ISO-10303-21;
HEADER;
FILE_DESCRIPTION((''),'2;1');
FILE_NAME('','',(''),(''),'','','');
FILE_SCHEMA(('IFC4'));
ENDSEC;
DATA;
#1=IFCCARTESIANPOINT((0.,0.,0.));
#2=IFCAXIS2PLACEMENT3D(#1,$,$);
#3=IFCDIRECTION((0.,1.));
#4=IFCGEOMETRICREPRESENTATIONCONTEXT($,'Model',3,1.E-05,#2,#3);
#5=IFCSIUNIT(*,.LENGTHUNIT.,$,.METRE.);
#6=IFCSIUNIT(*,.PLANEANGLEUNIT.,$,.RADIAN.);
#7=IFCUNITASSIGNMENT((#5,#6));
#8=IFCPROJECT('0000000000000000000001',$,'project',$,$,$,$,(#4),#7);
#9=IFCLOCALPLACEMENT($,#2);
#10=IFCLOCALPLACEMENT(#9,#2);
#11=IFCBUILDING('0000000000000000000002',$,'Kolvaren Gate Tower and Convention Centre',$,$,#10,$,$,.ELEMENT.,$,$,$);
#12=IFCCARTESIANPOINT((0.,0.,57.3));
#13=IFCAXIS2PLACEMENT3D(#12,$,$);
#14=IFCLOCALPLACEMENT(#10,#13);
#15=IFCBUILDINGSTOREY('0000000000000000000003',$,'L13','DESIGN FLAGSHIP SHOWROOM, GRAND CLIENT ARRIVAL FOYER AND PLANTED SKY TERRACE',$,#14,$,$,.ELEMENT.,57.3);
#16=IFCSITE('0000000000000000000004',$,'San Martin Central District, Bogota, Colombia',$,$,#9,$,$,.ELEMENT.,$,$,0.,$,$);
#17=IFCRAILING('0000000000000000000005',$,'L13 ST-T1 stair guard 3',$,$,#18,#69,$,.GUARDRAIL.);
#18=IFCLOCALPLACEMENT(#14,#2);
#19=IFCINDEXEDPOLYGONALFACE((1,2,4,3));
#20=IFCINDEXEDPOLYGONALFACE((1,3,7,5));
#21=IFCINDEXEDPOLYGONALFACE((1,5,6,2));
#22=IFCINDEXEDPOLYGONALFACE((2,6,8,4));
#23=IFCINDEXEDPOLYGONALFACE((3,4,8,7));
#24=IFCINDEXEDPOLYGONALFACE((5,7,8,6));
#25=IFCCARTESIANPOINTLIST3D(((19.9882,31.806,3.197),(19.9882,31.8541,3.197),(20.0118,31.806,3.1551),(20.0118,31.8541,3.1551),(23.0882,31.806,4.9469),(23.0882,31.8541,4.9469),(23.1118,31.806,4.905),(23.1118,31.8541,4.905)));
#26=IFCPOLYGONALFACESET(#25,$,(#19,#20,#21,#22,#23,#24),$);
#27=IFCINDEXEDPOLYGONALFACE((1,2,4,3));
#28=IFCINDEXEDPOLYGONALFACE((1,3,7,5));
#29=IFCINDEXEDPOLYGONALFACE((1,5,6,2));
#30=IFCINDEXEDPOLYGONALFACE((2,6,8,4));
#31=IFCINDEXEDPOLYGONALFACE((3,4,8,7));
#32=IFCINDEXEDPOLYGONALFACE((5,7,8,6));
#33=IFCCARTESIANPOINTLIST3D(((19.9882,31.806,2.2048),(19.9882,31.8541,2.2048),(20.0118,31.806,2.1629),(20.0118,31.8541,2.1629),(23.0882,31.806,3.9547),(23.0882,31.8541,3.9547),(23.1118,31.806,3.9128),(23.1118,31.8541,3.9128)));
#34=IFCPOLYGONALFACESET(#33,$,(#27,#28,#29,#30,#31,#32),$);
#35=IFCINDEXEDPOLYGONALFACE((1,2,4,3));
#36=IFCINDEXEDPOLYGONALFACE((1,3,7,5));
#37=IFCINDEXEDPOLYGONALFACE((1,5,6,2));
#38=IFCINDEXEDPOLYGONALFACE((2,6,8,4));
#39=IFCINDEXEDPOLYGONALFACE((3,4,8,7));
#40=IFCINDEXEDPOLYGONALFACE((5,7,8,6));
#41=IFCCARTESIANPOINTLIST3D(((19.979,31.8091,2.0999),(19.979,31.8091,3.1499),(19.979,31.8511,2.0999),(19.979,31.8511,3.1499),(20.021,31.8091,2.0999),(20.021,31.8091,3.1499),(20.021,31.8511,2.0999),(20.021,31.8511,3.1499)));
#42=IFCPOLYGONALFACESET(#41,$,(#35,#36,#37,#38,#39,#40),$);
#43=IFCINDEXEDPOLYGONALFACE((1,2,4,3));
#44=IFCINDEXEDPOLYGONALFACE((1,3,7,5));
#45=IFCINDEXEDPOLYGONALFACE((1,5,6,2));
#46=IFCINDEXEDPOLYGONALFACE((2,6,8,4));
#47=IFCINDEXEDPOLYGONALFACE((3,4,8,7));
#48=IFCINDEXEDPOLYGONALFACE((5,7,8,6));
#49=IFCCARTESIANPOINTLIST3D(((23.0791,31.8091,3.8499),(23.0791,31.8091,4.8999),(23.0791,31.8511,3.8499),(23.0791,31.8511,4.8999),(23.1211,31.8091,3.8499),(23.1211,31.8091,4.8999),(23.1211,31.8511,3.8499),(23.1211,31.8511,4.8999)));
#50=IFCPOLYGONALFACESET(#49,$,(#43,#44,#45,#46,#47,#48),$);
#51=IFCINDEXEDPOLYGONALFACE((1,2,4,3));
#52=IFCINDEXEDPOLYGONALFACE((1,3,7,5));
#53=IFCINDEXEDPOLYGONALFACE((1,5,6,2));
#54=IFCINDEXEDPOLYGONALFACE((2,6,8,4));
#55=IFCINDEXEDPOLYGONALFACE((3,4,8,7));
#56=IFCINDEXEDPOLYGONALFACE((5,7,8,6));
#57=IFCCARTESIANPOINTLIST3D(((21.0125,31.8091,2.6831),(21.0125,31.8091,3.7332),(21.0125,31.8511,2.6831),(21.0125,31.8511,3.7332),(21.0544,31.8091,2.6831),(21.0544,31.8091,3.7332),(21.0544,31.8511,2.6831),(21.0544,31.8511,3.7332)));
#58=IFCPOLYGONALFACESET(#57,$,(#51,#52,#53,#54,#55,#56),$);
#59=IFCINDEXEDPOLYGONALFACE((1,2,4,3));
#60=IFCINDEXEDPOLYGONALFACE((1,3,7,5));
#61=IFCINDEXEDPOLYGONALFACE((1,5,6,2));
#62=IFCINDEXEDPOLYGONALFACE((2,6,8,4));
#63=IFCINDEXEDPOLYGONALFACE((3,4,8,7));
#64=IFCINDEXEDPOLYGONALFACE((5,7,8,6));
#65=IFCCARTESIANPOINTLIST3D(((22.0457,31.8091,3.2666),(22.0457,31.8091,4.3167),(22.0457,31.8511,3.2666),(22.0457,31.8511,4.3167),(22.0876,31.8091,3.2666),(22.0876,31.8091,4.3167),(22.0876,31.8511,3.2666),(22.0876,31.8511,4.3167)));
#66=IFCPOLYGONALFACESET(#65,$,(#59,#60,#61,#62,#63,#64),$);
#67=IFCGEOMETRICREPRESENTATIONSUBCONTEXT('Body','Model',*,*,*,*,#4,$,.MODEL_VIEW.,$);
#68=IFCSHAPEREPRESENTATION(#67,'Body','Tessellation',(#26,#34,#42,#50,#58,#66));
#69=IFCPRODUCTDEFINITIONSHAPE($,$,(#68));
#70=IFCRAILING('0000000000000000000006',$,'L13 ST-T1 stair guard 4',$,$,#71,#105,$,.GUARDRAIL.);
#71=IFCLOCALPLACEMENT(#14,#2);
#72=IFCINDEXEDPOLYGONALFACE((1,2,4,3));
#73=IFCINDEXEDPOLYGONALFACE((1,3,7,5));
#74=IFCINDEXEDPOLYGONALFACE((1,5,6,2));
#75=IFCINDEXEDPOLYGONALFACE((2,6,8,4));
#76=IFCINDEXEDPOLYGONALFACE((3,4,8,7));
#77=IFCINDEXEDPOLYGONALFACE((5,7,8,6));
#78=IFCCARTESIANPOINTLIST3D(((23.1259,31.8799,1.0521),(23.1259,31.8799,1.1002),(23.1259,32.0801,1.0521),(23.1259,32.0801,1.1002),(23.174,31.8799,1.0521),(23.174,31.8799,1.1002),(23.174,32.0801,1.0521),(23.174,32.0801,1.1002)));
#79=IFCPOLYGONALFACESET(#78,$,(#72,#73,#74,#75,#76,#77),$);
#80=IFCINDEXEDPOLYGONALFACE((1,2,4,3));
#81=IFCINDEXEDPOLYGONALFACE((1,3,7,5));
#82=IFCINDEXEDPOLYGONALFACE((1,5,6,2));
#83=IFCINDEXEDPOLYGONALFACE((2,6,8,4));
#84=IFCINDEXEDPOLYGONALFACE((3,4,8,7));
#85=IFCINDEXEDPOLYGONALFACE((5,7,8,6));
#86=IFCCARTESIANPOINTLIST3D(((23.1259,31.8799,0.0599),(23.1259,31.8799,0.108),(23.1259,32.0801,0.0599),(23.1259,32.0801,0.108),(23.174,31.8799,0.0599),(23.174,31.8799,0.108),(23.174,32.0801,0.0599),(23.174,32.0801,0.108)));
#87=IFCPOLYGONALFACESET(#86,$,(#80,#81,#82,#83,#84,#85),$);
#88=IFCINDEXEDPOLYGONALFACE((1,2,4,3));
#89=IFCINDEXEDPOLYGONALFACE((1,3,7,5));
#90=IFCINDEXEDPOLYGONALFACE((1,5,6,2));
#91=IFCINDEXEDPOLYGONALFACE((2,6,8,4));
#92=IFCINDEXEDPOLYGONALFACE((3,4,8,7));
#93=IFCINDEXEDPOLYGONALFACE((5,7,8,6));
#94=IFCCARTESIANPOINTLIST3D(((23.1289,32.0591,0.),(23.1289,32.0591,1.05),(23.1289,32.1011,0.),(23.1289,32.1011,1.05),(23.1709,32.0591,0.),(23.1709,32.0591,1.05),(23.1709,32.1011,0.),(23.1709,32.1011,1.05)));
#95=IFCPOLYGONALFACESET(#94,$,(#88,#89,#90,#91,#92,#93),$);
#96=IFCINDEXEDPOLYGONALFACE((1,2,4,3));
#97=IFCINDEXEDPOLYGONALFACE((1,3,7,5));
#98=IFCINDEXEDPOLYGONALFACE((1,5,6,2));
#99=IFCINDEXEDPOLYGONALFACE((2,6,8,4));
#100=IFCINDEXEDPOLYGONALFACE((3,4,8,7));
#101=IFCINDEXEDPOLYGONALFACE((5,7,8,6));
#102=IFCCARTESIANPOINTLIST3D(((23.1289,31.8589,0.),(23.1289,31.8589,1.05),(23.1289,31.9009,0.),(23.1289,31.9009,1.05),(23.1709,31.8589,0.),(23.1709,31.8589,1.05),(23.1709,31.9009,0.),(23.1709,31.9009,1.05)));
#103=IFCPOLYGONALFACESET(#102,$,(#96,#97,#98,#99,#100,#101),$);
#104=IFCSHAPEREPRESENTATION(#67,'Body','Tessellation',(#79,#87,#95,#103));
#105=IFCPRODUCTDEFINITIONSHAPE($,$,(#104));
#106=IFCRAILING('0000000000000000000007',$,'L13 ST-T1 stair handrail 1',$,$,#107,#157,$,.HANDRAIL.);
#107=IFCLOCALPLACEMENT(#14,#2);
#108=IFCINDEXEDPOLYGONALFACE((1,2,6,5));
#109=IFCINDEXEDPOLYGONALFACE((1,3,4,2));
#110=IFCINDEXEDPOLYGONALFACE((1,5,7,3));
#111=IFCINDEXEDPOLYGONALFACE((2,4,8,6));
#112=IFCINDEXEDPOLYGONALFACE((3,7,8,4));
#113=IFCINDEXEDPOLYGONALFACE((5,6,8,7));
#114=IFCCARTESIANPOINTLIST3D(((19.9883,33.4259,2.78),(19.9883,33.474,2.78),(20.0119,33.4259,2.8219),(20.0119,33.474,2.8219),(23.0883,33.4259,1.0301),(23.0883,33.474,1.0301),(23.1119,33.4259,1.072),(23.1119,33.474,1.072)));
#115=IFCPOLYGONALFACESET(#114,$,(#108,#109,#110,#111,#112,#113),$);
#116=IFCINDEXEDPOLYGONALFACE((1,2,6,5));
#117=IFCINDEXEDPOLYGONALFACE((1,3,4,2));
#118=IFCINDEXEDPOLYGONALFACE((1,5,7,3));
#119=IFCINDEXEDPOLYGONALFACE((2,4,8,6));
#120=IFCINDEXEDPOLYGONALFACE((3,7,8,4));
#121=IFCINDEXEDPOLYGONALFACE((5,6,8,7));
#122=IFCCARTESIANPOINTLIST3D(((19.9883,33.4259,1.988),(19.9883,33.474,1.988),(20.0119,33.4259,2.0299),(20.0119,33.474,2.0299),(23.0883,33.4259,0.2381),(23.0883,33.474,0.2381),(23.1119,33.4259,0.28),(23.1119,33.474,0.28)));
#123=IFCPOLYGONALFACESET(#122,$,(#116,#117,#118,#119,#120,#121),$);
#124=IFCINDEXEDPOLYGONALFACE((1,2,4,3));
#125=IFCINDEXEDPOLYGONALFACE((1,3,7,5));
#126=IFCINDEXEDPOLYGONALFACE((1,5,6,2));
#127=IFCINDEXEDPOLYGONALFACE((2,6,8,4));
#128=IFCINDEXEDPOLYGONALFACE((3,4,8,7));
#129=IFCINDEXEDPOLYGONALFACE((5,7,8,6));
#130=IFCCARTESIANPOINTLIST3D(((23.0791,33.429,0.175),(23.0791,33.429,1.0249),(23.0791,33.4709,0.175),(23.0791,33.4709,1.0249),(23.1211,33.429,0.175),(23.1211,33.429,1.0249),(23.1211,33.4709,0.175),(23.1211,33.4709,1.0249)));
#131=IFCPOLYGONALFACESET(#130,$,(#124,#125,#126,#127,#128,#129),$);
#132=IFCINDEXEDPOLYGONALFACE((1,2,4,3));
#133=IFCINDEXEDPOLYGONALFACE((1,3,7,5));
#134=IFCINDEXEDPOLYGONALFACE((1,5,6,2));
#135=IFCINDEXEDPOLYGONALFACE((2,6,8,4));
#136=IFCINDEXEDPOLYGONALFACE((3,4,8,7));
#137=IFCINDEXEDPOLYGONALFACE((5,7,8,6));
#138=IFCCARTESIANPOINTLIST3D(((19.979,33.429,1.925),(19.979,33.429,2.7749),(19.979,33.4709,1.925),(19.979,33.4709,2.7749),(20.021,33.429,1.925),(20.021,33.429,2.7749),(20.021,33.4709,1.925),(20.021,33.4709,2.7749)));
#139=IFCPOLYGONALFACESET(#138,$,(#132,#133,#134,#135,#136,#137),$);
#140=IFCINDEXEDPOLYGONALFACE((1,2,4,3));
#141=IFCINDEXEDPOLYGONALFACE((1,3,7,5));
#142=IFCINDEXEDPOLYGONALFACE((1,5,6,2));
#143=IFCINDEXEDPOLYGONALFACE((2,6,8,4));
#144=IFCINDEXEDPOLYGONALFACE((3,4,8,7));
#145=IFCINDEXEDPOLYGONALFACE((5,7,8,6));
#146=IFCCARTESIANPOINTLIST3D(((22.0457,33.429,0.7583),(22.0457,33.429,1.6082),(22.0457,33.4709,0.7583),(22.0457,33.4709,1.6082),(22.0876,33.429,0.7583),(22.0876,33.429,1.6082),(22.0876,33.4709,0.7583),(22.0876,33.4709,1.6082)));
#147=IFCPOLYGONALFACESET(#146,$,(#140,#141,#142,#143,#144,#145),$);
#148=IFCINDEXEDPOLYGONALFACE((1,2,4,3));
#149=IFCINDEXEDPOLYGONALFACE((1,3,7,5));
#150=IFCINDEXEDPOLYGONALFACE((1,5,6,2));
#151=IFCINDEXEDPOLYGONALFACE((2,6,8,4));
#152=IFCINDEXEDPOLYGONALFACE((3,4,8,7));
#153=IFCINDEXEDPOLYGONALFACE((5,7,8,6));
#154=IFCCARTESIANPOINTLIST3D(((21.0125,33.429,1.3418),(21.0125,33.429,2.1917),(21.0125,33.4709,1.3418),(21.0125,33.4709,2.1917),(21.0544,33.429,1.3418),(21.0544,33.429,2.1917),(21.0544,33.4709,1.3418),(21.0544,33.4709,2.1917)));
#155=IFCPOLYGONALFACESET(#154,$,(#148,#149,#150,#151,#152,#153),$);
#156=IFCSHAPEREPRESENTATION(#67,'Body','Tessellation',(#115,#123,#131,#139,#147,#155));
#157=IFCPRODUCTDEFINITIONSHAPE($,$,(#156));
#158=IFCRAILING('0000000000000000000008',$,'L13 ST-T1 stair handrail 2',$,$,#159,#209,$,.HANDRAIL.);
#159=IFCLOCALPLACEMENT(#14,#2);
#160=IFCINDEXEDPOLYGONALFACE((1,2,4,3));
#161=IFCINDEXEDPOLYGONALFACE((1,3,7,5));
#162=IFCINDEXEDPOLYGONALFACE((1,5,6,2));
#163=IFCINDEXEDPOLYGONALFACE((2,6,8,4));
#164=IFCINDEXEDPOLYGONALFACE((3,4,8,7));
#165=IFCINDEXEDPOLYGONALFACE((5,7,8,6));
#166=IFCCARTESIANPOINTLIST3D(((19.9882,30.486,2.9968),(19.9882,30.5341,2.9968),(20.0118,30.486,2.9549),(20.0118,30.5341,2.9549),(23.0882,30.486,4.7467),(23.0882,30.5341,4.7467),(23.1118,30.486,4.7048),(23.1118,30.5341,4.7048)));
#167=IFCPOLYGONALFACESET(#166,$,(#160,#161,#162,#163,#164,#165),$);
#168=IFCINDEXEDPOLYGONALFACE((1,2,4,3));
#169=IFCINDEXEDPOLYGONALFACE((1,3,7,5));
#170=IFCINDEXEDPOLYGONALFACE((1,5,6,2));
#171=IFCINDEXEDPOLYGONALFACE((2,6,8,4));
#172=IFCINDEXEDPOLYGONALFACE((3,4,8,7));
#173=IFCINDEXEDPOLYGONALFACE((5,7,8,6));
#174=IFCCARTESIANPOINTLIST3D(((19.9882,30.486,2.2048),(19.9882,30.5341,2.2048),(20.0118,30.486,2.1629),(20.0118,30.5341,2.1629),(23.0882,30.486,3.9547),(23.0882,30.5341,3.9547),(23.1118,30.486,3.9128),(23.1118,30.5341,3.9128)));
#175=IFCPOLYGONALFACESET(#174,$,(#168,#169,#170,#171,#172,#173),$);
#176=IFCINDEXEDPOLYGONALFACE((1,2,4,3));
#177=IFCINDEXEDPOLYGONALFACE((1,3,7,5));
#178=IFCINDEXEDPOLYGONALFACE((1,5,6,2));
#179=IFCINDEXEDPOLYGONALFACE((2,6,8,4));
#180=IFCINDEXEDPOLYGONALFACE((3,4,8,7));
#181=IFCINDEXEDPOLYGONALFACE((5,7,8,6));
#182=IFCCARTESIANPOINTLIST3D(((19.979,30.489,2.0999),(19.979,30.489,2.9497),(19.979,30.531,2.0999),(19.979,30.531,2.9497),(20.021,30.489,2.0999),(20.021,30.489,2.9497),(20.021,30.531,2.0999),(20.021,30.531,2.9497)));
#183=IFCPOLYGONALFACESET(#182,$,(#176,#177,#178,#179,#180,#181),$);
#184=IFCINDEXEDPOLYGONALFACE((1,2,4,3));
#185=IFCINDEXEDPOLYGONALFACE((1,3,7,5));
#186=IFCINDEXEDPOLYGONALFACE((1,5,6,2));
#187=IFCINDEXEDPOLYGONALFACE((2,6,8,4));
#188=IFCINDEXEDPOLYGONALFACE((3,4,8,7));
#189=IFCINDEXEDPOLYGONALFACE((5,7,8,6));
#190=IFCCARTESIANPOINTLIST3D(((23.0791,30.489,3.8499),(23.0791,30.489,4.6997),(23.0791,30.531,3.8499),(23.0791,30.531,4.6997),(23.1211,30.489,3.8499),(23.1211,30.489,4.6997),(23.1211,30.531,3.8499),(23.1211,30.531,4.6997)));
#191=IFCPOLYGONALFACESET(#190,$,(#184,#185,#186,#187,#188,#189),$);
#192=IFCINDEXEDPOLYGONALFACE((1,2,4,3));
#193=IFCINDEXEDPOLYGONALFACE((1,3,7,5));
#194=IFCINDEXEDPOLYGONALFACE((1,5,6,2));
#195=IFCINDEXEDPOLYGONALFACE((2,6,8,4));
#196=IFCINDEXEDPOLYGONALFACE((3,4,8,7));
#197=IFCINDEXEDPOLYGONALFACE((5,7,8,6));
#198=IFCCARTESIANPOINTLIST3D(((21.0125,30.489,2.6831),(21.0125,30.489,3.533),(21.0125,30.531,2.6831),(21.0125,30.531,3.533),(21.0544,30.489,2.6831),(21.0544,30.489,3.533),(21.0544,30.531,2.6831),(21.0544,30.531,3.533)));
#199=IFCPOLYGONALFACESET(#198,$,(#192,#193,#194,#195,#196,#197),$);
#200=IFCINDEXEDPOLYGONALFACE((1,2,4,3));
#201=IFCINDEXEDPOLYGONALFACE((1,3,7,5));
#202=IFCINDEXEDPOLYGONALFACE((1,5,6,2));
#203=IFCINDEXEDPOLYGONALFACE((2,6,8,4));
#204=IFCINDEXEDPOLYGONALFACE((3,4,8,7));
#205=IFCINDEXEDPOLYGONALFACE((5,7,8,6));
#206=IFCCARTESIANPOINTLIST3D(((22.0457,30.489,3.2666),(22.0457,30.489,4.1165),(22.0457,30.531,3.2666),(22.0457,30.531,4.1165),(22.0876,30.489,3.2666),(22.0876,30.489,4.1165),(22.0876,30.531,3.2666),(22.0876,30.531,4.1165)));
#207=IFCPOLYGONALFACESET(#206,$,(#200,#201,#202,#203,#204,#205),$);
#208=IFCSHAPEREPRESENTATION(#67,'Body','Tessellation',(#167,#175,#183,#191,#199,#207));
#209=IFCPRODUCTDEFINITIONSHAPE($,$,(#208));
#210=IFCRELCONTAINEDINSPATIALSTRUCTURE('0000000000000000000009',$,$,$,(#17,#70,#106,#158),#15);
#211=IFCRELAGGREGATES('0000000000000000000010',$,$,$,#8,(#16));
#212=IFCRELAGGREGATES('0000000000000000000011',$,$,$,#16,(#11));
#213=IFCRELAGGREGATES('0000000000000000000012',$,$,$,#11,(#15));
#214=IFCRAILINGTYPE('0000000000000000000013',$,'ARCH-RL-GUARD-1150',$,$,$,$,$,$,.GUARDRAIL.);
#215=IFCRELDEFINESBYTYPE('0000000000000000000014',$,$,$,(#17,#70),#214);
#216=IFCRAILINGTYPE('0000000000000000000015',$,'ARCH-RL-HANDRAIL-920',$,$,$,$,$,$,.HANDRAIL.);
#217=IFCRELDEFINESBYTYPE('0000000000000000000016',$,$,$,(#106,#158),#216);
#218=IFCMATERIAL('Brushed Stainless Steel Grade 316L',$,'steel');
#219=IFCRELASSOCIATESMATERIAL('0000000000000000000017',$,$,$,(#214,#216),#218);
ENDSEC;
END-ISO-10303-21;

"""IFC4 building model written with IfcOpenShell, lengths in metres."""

from ifc_helpers import new_model, si_unit, direction, frame, origin, origin_2d, place, context, subcontext, project, spatial, rectangle, extrude, material, type_object, element, save


model = new_model("IFC4")

# Units and contexts
model_context = context("Model", 3, precision=1e-05, world=origin(), true_north=direction((0.0, 1.0)))
body_context = subcontext(model_context, "Body", "Model", "MODEL_VIEW")
ifc_project = project(units=[si_unit("LENGTHUNIT", "METRE"), si_unit("PLANEANGLEUNIT", "RADIAN")], contexts=[model_context])

# Site, building, storey
site_placement = place(None, origin())
site = spatial("IfcSite", under=ifc_project, at=site_placement, Name="San Martin Central District, Bogota, Colombia", CompositionType="ELEMENT", RefElevation=0.0)
building_placement = place(site_placement, origin())
building = spatial("IfcBuilding", under=site, at=building_placement, Name="Kolvaren Gate Tower and Convention Centre", CompositionType="ELEMENT")
storey_placement = place(building_placement, frame((0.0, 0.0, 57.3)))
storey = spatial("IfcBuildingStorey", under=building, at=storey_placement, Name="L13", Description="DESIGN FLAGSHIP SHOWROOM, GRAND CLIENT ARRIVAL FOYER AND PLANTED SKY TERRACE", CompositionType="ELEMENT", Elevation=57.3)

# Shared definitions
ifc_material_1 = material(Name="Brushed Stainless Steel Grade 316L", Category="steel")

# Railings
railing_type_1 = type_object("IfcRailingType", Name="ARCH-RL-GUARD-1150", PredefinedType="GUARDRAIL", material=ifc_material_1)
railing_1_placement = place(storey_placement, frame((20.0, 31.8301, 2.0999)))
element("IfcRailing", 1, at=railing_1_placement, inside=storey, type_object=railing_type_1, Name="L13 ST-T1 stair guard 3", PredefinedType="GUARDRAIL", context=body_context, shape_type="SweptSolid", body=[
    extrude(rectangle(XDim=0.0481, YDim=0.0481, at=origin_2d()), frame((0.0, 0.0, 1.0762), z_axis=(0.870831, 0.0, 0.491583), x_axis=(0.0, 1.0, 0.0)), (0.0, 0.0, 1.0), 3.5598),
    extrude(rectangle(XDim=0.0481, YDim=0.0481, at=origin_2d()), frame((0.0, 0.0, 0.084), z_axis=(0.870831, 0.0, 0.491583), x_axis=(0.0, 1.0, 0.0)), (0.0, 0.0, 1.0), 3.5598),
    extrude(rectangle(XDim=0.042, YDim=0.042, at=origin_2d()), origin(), (0.0, 0.0, 1.0), 1.05),
    extrude(rectangle(XDim=0.042, YDim=0.042, at=origin_2d()), frame((3.1001, 0.0, 1.75)), (0.0, 0.0, 1.0), 1.05),
    extrude(rectangle(XDim=0.042, YDim=0.042, at=origin_2d()), frame((1.0334, 0.0, 0.5833)), (0.0, 0.0, 1.0), 1.05),
    extrude(rectangle(XDim=0.042, YDim=0.042, at=origin_2d()), frame((2.0667, 0.0, 1.1667)), (0.0, 0.0, 1.0), 1.05),
])
railing_2_placement = place(storey_placement, frame((23.1499, 32.0801, 0.0)))
element("IfcRailing", 2, at=railing_2_placement, inside=storey, type_object=railing_type_1, Name="L13 ST-T1 stair guard 4", PredefinedType="GUARDRAIL", context=body_context, shape_type="SweptSolid", body=[
    extrude(rectangle(XDim=0.0481, YDim=0.0481, at=origin_2d()), frame((0.0, 0.0, 1.0762), z_axis=(0.0, -1.0, 0.0), x_axis=(1.0, 0.0, 0.0)), (0.0, 0.0, 1.0), 0.2002),
    extrude(rectangle(XDim=0.0481, YDim=0.0481, at=origin_2d()), frame((0.0, 0.0, 0.084), z_axis=(0.0, -1.0, 0.0), x_axis=(1.0, 0.0, 0.0)), (0.0, 0.0, 1.0), 0.2002),
    extrude(rectangle(XDim=0.042, YDim=0.042, at=origin_2d()), origin(), (0.0, 0.0, 1.0), 1.05),
    extrude(rectangle(XDim=0.042, YDim=0.042, at=origin_2d()), frame((0.0, -0.2002, 0.0)), (0.0, 0.0, 1.0), 1.05),
])
railing_type_2 = type_object("IfcRailingType", Name="ARCH-RL-HANDRAIL-920", PredefinedType="HANDRAIL", material=ifc_material_1)
railing_3_placement = place(storey_placement, frame((23.1001, 33.45, 0.175)))
element("IfcRailing", 3, at=railing_3_placement, inside=storey, type_object=railing_type_2, Name="L13 ST-T1 stair handrail 1", PredefinedType="HANDRAIL", context=body_context, shape_type="SweptSolid", body=[
    extrude(rectangle(XDim=0.0481, YDim=0.0481, at=origin_2d()), frame((0.0, 0.0, 0.876), z_axis=(-0.870831, 0.0, 0.491583), x_axis=(0.0, -1.0, 0.0)), (0.0, 0.0, 1.0), 3.5598),
    extrude(rectangle(XDim=0.0481, YDim=0.0481, at=origin_2d()), frame((0.0, 0.0, 0.084), z_axis=(-0.870831, 0.0, 0.491583), x_axis=(0.0, -1.0, 0.0)), (0.0, 0.0, 1.0), 3.5598),
    extrude(rectangle(XDim=0.042, YDim=0.042, at=origin_2d()), origin(), (0.0, 0.0, 1.0), 0.8499),
    extrude(rectangle(XDim=0.042, YDim=0.042, at=origin_2d()), frame((-3.1001, 0.0, 1.75)), (0.0, 0.0, 1.0), 0.8499),
    extrude(rectangle(XDim=0.042, YDim=0.042, at=origin_2d()), frame((-1.0334, 0.0, 0.5833)), (0.0, 0.0, 1.0), 0.8499),
    extrude(rectangle(XDim=0.042, YDim=0.042, at=origin_2d()), frame((-2.0667, 0.0, 1.1667)), (0.0, 0.0, 1.0), 0.8499),
])
railing_4_placement = place(storey_placement, frame((20.0, 30.51, 2.0999)))
element("IfcRailing", 4, at=railing_4_placement, inside=storey, type_object=railing_type_2, Name="L13 ST-T1 stair handrail 2", PredefinedType="HANDRAIL", context=body_context, shape_type="SweptSolid", body=[
    extrude(rectangle(XDim=0.0481, YDim=0.0481, at=origin_2d()), frame((0.0, 0.0, 0.876), z_axis=(0.870831, 0.0, 0.491583), x_axis=(0.0, 1.0, 0.0)), (0.0, 0.0, 1.0), 3.5598),
    extrude(rectangle(XDim=0.0481, YDim=0.0481, at=origin_2d()), frame((0.0, 0.0, 0.084), z_axis=(0.870831, 0.0, 0.491583), x_axis=(0.0, 1.0, 0.0)), (0.0, 0.0, 1.0), 3.5598),
    extrude(rectangle(XDim=0.042, YDim=0.042, at=origin_2d()), origin(), (0.0, 0.0, 1.0), 0.8499),
    extrude(rectangle(XDim=0.042, YDim=0.042, at=origin_2d()), frame((3.1001, 0.0, 1.75)), (0.0, 0.0, 1.0), 0.8499),
    extrude(rectangle(XDim=0.042, YDim=0.042, at=origin_2d()), frame((1.0334, 0.0, 0.5833)), (0.0, 0.0, 1.0), 0.8499),
    extrude(rectangle(XDim=0.042, YDim=0.042, at=origin_2d()), frame((2.0667, 0.0, 1.1667)), (0.0, 0.0, 1.0), 0.8499),
])

save(model, "model.ifc")
